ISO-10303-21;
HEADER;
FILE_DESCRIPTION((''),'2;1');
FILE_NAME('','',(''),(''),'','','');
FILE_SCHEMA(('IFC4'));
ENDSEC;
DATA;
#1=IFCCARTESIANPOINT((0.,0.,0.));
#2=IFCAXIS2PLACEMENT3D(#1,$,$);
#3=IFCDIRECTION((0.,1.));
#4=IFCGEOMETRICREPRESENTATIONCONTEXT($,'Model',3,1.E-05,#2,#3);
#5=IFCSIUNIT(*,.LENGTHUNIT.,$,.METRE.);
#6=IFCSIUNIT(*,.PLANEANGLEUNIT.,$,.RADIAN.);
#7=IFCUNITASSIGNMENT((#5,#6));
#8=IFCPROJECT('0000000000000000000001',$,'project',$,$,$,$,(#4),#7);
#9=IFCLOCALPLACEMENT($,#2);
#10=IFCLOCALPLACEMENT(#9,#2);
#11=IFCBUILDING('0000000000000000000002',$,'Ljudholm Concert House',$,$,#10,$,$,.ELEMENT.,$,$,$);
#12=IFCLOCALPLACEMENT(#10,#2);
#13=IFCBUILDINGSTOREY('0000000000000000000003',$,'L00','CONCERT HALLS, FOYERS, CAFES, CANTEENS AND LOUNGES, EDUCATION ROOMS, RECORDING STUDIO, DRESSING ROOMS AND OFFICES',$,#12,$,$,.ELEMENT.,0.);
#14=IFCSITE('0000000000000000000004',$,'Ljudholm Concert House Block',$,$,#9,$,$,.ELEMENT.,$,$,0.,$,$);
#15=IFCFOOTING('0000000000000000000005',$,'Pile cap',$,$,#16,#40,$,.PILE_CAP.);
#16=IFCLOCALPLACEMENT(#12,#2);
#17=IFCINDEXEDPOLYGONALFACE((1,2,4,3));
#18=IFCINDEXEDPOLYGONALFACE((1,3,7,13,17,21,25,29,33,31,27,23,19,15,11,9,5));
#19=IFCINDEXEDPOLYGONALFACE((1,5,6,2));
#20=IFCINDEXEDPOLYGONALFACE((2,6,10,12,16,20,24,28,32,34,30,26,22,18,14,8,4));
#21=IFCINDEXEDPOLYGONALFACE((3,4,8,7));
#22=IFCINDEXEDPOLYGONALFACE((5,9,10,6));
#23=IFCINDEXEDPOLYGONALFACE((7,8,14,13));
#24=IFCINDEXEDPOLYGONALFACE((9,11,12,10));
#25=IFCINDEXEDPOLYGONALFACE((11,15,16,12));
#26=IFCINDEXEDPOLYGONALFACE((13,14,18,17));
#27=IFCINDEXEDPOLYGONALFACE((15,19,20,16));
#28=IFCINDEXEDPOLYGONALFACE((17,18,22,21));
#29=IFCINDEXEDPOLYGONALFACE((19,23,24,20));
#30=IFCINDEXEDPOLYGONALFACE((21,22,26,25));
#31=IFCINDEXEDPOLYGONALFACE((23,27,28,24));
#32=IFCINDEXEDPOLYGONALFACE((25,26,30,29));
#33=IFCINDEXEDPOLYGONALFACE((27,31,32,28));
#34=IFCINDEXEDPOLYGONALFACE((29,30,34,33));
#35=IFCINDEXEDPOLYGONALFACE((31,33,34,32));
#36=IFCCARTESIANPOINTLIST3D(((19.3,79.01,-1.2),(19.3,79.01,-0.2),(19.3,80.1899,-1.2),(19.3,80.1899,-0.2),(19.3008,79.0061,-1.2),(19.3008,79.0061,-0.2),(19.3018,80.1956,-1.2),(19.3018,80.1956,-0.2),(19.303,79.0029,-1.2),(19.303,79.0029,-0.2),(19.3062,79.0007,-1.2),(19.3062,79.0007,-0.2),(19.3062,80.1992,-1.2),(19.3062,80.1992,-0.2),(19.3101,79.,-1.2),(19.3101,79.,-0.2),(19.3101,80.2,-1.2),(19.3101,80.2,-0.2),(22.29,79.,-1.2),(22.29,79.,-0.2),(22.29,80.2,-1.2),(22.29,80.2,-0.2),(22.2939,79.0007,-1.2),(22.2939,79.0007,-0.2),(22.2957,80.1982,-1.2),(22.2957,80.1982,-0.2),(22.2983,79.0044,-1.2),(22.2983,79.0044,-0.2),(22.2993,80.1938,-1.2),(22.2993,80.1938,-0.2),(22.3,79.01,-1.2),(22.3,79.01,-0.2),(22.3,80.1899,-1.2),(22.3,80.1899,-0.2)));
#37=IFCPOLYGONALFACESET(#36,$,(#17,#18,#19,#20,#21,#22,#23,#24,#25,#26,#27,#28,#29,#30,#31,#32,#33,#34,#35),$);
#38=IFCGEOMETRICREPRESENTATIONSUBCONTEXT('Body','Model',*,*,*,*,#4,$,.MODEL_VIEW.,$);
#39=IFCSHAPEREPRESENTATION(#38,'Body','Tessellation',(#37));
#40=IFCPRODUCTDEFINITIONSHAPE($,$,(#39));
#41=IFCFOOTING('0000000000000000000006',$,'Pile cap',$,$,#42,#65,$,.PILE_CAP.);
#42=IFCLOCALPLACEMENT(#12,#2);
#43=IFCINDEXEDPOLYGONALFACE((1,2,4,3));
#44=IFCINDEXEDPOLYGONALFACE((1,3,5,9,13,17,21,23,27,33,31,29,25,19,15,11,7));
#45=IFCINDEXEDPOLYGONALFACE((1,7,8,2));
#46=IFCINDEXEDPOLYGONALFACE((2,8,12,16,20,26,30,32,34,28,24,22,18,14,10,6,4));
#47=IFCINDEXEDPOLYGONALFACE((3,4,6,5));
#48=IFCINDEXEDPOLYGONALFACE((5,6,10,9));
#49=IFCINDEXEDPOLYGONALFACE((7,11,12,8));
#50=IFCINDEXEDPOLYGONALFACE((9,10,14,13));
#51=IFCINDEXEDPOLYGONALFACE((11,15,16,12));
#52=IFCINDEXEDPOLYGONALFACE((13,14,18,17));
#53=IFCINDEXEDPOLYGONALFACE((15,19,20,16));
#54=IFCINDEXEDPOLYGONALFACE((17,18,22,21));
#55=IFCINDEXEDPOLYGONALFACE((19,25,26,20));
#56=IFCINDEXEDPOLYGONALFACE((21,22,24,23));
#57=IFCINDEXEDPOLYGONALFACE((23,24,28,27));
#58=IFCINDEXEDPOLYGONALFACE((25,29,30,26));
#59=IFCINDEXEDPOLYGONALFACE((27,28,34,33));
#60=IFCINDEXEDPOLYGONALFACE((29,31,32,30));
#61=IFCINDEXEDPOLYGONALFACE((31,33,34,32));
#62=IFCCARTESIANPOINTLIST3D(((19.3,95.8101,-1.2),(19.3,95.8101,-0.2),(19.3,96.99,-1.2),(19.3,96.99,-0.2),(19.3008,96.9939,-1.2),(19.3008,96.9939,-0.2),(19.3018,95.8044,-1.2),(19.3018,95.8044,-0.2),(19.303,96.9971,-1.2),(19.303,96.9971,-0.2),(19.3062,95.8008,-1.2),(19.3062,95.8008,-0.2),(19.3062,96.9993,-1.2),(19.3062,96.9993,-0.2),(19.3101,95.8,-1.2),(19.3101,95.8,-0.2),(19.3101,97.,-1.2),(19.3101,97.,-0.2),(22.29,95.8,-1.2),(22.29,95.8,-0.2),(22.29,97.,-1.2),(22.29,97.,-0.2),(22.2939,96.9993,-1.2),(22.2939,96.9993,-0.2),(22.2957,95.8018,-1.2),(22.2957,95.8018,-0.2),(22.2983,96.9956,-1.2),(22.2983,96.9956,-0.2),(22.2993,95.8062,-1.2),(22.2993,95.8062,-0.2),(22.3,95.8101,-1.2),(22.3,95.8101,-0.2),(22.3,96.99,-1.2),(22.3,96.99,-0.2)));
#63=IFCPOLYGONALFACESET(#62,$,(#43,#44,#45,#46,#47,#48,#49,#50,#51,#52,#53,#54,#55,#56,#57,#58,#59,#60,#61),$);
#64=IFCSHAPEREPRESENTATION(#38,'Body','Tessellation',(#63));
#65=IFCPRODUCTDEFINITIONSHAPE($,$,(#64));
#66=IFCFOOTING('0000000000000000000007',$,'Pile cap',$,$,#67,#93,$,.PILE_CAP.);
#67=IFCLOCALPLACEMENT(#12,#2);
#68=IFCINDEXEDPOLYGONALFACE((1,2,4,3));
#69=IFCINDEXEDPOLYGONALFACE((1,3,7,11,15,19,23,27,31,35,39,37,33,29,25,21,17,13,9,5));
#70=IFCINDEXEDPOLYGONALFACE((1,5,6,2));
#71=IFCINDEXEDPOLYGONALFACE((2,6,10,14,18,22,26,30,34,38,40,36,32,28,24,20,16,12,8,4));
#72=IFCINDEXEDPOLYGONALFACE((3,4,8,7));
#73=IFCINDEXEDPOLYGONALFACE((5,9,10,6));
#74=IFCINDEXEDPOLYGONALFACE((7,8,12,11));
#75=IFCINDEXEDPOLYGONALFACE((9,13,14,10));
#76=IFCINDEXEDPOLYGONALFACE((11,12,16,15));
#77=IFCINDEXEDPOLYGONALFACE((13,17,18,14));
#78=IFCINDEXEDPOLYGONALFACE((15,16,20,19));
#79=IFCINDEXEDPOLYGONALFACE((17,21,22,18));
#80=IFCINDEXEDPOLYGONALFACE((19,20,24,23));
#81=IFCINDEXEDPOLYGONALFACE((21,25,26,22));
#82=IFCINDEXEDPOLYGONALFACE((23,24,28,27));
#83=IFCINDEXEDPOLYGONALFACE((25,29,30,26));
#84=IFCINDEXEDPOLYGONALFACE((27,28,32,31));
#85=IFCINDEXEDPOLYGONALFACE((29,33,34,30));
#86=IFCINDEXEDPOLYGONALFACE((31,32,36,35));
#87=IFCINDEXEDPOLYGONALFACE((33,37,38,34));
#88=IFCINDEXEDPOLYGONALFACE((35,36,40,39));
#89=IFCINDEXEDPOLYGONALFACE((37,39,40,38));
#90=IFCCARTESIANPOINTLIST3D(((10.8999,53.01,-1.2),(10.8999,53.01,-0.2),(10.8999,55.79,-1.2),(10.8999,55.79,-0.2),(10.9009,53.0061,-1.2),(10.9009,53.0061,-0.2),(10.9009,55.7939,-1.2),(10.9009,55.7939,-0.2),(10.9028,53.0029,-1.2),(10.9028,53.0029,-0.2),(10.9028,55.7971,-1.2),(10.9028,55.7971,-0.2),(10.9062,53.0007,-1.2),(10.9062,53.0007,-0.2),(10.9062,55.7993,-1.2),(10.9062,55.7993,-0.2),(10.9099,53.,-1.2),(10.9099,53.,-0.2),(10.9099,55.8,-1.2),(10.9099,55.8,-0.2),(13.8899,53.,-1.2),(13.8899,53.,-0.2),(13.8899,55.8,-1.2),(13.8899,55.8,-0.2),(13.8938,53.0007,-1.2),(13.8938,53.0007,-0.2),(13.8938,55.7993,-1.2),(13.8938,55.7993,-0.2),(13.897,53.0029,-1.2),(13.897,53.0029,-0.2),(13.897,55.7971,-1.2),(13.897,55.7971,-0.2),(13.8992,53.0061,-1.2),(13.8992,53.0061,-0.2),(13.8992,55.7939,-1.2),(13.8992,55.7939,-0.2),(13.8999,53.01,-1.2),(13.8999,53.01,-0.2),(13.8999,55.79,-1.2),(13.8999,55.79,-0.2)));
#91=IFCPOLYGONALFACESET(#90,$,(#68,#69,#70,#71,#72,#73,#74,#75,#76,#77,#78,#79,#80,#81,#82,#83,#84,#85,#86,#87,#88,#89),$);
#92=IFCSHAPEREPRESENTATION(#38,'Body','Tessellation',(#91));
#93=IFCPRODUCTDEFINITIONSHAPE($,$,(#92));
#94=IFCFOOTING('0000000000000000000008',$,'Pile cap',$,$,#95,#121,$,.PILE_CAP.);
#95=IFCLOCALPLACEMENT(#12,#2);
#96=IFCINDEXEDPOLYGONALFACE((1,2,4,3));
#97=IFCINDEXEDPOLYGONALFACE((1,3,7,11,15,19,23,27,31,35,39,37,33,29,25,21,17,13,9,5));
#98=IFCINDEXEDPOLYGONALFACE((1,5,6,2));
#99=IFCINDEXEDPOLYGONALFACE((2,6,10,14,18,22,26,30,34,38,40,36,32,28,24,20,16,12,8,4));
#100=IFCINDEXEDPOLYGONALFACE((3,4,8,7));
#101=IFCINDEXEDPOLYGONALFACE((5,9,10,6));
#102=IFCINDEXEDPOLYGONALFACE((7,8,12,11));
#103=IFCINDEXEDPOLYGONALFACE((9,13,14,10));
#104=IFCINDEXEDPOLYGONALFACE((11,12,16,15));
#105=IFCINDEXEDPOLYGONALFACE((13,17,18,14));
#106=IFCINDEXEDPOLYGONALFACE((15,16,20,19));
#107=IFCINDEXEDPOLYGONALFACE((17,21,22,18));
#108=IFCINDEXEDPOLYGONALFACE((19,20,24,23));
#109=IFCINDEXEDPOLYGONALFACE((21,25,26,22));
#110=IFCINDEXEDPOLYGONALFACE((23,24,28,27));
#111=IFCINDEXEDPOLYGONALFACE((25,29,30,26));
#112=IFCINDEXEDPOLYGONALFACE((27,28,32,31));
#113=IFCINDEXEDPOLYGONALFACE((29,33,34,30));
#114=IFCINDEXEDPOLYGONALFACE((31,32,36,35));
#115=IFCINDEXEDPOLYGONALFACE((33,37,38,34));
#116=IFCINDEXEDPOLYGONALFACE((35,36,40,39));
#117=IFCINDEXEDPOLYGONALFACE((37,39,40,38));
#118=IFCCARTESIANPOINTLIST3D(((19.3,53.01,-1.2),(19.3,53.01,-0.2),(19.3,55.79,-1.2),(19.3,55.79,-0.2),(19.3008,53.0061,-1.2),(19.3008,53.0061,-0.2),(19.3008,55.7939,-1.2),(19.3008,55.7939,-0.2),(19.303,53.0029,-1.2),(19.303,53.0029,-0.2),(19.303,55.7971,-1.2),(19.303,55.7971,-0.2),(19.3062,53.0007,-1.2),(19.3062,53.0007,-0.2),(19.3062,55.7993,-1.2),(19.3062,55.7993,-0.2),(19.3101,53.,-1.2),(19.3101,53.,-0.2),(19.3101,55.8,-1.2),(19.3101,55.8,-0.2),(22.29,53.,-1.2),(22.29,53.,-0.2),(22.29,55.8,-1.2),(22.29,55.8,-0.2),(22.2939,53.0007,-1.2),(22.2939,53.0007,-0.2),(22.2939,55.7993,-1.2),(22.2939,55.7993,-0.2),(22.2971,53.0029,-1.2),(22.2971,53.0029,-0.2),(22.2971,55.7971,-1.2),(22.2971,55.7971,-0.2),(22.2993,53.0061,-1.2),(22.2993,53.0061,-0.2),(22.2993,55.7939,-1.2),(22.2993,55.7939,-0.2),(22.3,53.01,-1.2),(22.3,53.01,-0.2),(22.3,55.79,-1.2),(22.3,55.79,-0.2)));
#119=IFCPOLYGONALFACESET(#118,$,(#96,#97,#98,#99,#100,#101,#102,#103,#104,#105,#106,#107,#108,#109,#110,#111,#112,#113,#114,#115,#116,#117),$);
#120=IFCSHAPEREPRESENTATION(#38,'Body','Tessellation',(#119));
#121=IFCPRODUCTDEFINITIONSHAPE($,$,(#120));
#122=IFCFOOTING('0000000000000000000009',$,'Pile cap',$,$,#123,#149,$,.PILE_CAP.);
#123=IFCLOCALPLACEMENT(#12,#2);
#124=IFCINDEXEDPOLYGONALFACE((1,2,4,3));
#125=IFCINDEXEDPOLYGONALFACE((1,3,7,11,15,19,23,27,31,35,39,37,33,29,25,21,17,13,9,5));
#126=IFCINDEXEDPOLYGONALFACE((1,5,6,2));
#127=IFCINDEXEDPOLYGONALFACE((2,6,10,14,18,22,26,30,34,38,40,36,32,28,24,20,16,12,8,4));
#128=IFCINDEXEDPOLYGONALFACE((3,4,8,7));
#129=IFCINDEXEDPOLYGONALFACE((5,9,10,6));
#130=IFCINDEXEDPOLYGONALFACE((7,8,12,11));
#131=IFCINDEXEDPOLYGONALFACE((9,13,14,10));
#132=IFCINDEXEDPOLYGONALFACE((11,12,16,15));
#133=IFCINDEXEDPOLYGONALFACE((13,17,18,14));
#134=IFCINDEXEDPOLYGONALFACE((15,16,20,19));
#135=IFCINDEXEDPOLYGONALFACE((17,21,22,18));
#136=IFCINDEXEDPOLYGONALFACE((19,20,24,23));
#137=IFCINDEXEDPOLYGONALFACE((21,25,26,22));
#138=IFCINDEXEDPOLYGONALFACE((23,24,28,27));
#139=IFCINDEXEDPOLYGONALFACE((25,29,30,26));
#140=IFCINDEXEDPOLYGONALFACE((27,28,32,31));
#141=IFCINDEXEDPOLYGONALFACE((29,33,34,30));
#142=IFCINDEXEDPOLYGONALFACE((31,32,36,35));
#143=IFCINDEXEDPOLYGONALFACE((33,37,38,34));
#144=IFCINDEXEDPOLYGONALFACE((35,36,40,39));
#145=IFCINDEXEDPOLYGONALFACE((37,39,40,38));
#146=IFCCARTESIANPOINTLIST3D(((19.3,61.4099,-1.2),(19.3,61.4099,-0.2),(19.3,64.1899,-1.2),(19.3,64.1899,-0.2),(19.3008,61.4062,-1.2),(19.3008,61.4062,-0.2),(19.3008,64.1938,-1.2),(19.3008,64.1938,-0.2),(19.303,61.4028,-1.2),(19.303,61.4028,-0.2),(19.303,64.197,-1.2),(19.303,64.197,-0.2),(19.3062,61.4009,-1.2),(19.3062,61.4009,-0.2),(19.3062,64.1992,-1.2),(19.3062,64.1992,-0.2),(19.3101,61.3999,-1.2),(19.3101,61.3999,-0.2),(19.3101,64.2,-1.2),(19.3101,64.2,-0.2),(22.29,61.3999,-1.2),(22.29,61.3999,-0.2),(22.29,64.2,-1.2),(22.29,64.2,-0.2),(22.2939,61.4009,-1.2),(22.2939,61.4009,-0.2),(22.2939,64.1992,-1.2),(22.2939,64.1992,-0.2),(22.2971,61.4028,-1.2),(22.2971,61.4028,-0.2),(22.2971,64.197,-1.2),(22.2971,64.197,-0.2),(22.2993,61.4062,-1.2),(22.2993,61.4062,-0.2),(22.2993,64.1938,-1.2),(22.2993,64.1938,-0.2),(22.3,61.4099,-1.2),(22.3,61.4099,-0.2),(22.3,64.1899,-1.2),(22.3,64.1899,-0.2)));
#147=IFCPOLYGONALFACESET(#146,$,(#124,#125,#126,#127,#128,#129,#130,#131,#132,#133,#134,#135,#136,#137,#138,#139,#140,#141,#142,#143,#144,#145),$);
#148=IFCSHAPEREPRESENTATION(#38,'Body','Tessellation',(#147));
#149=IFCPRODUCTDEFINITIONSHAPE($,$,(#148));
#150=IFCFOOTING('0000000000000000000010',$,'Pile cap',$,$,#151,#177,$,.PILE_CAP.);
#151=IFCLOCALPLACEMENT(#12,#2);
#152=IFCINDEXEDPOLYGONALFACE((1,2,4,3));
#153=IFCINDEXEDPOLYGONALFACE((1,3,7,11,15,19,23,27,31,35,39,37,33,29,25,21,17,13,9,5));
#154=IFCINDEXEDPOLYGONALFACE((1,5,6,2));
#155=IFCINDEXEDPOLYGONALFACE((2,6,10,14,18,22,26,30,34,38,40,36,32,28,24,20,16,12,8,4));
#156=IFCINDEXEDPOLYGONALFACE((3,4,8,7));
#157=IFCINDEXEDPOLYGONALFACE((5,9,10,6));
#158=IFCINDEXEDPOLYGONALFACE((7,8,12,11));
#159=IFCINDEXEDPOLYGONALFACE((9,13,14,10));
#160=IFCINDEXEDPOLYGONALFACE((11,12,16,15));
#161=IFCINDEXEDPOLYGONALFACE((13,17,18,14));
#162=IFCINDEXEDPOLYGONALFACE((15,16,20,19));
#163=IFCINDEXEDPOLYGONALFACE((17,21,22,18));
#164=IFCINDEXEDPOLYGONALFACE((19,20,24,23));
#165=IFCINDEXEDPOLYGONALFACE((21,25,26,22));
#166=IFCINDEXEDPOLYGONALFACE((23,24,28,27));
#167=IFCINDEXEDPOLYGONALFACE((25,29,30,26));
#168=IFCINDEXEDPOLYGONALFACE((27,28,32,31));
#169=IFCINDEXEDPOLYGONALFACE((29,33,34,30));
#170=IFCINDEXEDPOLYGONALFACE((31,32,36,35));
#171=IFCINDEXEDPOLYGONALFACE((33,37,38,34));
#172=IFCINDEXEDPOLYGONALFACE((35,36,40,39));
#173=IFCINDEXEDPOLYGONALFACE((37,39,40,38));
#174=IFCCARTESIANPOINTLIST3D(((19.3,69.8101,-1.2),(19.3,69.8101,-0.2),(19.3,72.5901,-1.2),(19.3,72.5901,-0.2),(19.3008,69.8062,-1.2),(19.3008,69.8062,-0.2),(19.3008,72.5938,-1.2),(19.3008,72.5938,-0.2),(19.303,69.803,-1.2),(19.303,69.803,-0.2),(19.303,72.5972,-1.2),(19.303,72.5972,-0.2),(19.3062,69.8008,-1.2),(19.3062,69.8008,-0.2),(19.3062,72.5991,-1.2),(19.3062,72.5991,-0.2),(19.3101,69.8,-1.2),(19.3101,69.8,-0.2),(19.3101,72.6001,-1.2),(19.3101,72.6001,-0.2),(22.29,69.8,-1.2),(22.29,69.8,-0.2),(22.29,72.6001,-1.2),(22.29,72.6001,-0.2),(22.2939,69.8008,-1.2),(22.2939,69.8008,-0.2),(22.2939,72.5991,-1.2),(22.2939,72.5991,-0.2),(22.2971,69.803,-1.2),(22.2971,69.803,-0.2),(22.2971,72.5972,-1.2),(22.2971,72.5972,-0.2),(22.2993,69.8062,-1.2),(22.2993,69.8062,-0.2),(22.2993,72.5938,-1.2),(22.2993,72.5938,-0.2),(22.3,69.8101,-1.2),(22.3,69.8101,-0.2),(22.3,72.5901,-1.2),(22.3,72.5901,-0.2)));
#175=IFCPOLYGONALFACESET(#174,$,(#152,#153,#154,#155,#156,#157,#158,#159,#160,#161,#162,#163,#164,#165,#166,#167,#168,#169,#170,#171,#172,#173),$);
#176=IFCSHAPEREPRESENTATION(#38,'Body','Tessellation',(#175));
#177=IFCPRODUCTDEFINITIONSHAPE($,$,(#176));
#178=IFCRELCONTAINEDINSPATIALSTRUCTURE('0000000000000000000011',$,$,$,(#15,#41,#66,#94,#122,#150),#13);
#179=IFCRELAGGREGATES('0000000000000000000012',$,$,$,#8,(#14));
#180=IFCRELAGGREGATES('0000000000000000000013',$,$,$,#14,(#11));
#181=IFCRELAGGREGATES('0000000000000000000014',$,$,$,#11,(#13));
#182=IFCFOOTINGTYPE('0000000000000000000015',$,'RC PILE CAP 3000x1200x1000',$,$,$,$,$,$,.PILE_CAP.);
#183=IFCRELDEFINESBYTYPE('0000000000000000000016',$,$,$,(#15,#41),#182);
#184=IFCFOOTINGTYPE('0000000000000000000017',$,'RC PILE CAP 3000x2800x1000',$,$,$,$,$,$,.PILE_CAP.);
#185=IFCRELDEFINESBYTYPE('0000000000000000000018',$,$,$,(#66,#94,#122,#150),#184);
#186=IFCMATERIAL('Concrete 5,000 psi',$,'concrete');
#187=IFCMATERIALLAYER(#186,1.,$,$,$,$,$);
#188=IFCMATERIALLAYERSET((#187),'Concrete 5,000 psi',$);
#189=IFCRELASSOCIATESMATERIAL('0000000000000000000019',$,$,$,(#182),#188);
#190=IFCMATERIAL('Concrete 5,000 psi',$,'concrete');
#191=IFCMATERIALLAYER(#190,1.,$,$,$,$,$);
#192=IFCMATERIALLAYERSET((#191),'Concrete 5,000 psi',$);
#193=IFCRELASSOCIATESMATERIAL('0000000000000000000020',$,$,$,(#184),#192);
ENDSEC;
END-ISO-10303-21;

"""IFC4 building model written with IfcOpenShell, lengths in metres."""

from ifc_helpers import new_model, si_unit, direction, frame, origin, place, context, subcontext, project, spatial, polyline, outline, extrude, material, layer, layer_set, type_object, element, save


model = new_model("IFC4")

# Units and contexts
model_context = context("Model", 3, precision=1e-05, world=origin(), true_north=direction((0.0, 1.0)))
body_context = subcontext(model_context, "Body", "Model", "MODEL_VIEW")
ifc_project = project(units=[si_unit("LENGTHUNIT", "METRE"), si_unit("PLANEANGLEUNIT", "RADIAN")], contexts=[model_context])

# Site, building, storey
site_placement = place(None, origin())
site = spatial("IfcSite", under=ifc_project, at=site_placement, Name="Ljudholm Concert House Block", CompositionType="ELEMENT", RefElevation=0.0)
building_placement = place(site_placement, origin())
building = spatial("IfcBuilding", under=site, at=building_placement, Name="Ljudholm Concert House", CompositionType="ELEMENT")
storey_placement = place(building_placement, origin())
storey = spatial("IfcBuildingStorey", under=building, at=storey_placement, Name="L00", Description="CONCERT HALLS, FOYERS, CAFES, CANTEENS AND LOUNGES, EDUCATION ROOMS, RECORDING STUDIO, DRESSING ROOMS AND OFFICES", CompositionType="ELEMENT", Elevation=0.0)

# Footings
ifc_material_1 = material(Name="Concrete 5,000 psi", Category="concrete")
ifc_layer_1 = layer(ifc_material_1, 1.0)
ifc_layer_set_1 = layer_set([ifc_layer_1], Name="Concrete 5,000 psi")
footing_type_1 = type_object("IfcFootingType", Name="RC PILE CAP 3000x1200x1000", PredefinedType="PILE_CAP", material=ifc_layer_set_1)
footing_1_placement = place(storey_placement, frame((0.0, 0.0, -1.2)))
element("IfcFooting", 1, at=footing_1_placement, inside=storey, type_object=footing_type_1, Name="Pile cap", PredefinedType="PILE_CAP", context=body_context, shape_type="SweptSolid", body=[
    extrude(outline(polyline([(19.3101, 79.0), (22.29, 79.0), (22.2939, 79.0007), (22.2983, 79.0044), (22.3, 79.01), (22.3, 80.1899), (22.2993, 80.1938), (22.2957, 80.1982), (22.29, 80.2), (19.3101, 80.2), (19.3062, 80.1992), (19.3018, 80.1956), (19.3, 80.1899), (19.3, 79.01), (19.3008, 79.0061), (19.303, 79.0029), (19.3062, 79.0007), (19.3101, 79.0)])), origin(), (0.0, 0.0, 1.0), 1.0),
])
footing_2_placement = place(storey_placement, frame((0.0, 0.0, -1.2)))
element("IfcFooting", 2, at=footing_2_placement, inside=storey, type_object=footing_type_1, Name="Pile cap", PredefinedType="PILE_CAP", context=body_context, shape_type="SweptSolid", body=[
    extrude(outline(polyline([(19.3, 96.99), (19.3, 95.8101), (19.3018, 95.8044), (19.3062, 95.8008), (19.3101, 95.8), (22.29, 95.8), (22.2957, 95.8018), (22.2993, 95.8062), (22.3, 95.8101), (22.3, 96.99), (22.2983, 96.9956), (22.2939, 96.9993), (22.29, 97.0), (19.3101, 97.0), (19.3062, 96.9993), (19.303, 96.9971), (19.3008, 96.9939), (19.3, 96.99)])), origin(), (0.0, 0.0, 1.0), 1.0),
])
ifc_material_2 = material(Name="Concrete 5,000 psi", Category="concrete")
ifc_layer_2 = layer(ifc_material_2, 1.0)
ifc_layer_set_2 = layer_set([ifc_layer_2], Name="Concrete 5,000 psi")
footing_type_2 = type_object("IfcFootingType", Name="RC PILE CAP 3000x2800x1000", PredefinedType="PILE_CAP", material=ifc_layer_set_2)
footing_3_placement = place(storey_placement, frame((0.0, 0.0, -1.2)))
element("IfcFooting", 3, at=footing_3_placement, inside=storey, type_object=footing_type_2, Name="Pile cap", PredefinedType="PILE_CAP", context=body_context, shape_type="SweptSolid", body=[
    extrude(outline(polyline([(10.8999, 55.79), (10.8999, 53.01), (10.9009, 53.0061), (10.9028, 53.0029), (10.9062, 53.0007), (10.9099, 53.0), (13.8899, 53.0), (13.8938, 53.0007), (13.897, 53.0029), (13.8992, 53.0061), (13.8999, 53.01), (13.8999, 55.79), (13.8992, 55.7939), (13.897, 55.7971), (13.8938, 55.7993), (13.8899, 55.8), (10.9099, 55.8), (10.9062, 55.7993), (10.9028, 55.7971), (10.9009, 55.7939), (10.8999, 55.79)])), origin(), (0.0, 0.0, 1.0), 1.0),
])
footing_4_placement = place(storey_placement, frame((0.0, 0.0, -1.2)))
element("IfcFooting", 4, at=footing_4_placement, inside=storey, type_object=footing_type_2, Name="Pile cap", PredefinedType="PILE_CAP", context=body_context, shape_type="SweptSolid", body=[
    extrude(outline(polyline([(19.3, 55.79), (19.3, 53.01), (19.3008, 53.0061), (19.303, 53.0029), (19.3062, 53.0007), (19.3101, 53.0), (22.29, 53.0), (22.2939, 53.0007), (22.2971, 53.0029), (22.2993, 53.0061), (22.3, 53.01), (22.3, 55.79), (22.2993, 55.7939), (22.2971, 55.7971), (22.2939, 55.7993), (22.29, 55.8), (19.3101, 55.8), (19.3062, 55.7993), (19.303, 55.7971), (19.3008, 55.7939), (19.3, 55.79)])), origin(), (0.0, 0.0, 1.0), 1.0),
])
footing_5_placement = place(storey_placement, frame((0.0, 0.0, -1.2)))
element("IfcFooting", 5, at=footing_5_placement, inside=storey, type_object=footing_type_2, Name="Pile cap", PredefinedType="PILE_CAP", context=body_context, shape_type="SweptSolid", body=[
    extrude(outline(polyline([(19.3, 64.1899), (19.3, 61.4099), (19.3008, 61.4062), (19.303, 61.4028), (19.3062, 61.4009), (19.3101, 61.3999), (22.29, 61.3999), (22.2939, 61.4009), (22.2971, 61.4028), (22.2993, 61.4062), (22.3, 61.4099), (22.3, 64.1899), (22.2993, 64.1938), (22.2971, 64.197), (22.2939, 64.1992), (22.29, 64.2), (19.3101, 64.2), (19.3062, 64.1992), (19.303, 64.197), (19.3008, 64.1938), (19.3, 64.1899)])), origin(), (0.0, 0.0, 1.0), 1.0),
])
footing_6_placement = place(storey_placement, frame((0.0, 0.0, -1.2)))
element("IfcFooting", 6, at=footing_6_placement, inside=storey, type_object=footing_type_2, Name="Pile cap", PredefinedType="PILE_CAP", context=body_context, shape_type="SweptSolid", body=[
    extrude(outline(polyline([(19.3101, 69.8), (22.29, 69.8), (22.2939, 69.8008), (22.2971, 69.803), (22.2993, 69.8062), (22.3, 69.8101), (22.3, 72.5901), (22.2993, 72.5938), (22.2971, 72.5972), (22.2939, 72.5991), (22.29, 72.6001), (19.3101, 72.6001), (19.3062, 72.5991), (19.303, 72.5972), (19.3008, 72.5938), (19.3, 72.5901), (19.3, 69.8101), (19.3008, 69.8062), (19.303, 69.803), (19.3062, 69.8008), (19.3101, 69.8)])), origin(), (0.0, 0.0, 1.0), 1.0),
])

save(model, "model.ifc")
